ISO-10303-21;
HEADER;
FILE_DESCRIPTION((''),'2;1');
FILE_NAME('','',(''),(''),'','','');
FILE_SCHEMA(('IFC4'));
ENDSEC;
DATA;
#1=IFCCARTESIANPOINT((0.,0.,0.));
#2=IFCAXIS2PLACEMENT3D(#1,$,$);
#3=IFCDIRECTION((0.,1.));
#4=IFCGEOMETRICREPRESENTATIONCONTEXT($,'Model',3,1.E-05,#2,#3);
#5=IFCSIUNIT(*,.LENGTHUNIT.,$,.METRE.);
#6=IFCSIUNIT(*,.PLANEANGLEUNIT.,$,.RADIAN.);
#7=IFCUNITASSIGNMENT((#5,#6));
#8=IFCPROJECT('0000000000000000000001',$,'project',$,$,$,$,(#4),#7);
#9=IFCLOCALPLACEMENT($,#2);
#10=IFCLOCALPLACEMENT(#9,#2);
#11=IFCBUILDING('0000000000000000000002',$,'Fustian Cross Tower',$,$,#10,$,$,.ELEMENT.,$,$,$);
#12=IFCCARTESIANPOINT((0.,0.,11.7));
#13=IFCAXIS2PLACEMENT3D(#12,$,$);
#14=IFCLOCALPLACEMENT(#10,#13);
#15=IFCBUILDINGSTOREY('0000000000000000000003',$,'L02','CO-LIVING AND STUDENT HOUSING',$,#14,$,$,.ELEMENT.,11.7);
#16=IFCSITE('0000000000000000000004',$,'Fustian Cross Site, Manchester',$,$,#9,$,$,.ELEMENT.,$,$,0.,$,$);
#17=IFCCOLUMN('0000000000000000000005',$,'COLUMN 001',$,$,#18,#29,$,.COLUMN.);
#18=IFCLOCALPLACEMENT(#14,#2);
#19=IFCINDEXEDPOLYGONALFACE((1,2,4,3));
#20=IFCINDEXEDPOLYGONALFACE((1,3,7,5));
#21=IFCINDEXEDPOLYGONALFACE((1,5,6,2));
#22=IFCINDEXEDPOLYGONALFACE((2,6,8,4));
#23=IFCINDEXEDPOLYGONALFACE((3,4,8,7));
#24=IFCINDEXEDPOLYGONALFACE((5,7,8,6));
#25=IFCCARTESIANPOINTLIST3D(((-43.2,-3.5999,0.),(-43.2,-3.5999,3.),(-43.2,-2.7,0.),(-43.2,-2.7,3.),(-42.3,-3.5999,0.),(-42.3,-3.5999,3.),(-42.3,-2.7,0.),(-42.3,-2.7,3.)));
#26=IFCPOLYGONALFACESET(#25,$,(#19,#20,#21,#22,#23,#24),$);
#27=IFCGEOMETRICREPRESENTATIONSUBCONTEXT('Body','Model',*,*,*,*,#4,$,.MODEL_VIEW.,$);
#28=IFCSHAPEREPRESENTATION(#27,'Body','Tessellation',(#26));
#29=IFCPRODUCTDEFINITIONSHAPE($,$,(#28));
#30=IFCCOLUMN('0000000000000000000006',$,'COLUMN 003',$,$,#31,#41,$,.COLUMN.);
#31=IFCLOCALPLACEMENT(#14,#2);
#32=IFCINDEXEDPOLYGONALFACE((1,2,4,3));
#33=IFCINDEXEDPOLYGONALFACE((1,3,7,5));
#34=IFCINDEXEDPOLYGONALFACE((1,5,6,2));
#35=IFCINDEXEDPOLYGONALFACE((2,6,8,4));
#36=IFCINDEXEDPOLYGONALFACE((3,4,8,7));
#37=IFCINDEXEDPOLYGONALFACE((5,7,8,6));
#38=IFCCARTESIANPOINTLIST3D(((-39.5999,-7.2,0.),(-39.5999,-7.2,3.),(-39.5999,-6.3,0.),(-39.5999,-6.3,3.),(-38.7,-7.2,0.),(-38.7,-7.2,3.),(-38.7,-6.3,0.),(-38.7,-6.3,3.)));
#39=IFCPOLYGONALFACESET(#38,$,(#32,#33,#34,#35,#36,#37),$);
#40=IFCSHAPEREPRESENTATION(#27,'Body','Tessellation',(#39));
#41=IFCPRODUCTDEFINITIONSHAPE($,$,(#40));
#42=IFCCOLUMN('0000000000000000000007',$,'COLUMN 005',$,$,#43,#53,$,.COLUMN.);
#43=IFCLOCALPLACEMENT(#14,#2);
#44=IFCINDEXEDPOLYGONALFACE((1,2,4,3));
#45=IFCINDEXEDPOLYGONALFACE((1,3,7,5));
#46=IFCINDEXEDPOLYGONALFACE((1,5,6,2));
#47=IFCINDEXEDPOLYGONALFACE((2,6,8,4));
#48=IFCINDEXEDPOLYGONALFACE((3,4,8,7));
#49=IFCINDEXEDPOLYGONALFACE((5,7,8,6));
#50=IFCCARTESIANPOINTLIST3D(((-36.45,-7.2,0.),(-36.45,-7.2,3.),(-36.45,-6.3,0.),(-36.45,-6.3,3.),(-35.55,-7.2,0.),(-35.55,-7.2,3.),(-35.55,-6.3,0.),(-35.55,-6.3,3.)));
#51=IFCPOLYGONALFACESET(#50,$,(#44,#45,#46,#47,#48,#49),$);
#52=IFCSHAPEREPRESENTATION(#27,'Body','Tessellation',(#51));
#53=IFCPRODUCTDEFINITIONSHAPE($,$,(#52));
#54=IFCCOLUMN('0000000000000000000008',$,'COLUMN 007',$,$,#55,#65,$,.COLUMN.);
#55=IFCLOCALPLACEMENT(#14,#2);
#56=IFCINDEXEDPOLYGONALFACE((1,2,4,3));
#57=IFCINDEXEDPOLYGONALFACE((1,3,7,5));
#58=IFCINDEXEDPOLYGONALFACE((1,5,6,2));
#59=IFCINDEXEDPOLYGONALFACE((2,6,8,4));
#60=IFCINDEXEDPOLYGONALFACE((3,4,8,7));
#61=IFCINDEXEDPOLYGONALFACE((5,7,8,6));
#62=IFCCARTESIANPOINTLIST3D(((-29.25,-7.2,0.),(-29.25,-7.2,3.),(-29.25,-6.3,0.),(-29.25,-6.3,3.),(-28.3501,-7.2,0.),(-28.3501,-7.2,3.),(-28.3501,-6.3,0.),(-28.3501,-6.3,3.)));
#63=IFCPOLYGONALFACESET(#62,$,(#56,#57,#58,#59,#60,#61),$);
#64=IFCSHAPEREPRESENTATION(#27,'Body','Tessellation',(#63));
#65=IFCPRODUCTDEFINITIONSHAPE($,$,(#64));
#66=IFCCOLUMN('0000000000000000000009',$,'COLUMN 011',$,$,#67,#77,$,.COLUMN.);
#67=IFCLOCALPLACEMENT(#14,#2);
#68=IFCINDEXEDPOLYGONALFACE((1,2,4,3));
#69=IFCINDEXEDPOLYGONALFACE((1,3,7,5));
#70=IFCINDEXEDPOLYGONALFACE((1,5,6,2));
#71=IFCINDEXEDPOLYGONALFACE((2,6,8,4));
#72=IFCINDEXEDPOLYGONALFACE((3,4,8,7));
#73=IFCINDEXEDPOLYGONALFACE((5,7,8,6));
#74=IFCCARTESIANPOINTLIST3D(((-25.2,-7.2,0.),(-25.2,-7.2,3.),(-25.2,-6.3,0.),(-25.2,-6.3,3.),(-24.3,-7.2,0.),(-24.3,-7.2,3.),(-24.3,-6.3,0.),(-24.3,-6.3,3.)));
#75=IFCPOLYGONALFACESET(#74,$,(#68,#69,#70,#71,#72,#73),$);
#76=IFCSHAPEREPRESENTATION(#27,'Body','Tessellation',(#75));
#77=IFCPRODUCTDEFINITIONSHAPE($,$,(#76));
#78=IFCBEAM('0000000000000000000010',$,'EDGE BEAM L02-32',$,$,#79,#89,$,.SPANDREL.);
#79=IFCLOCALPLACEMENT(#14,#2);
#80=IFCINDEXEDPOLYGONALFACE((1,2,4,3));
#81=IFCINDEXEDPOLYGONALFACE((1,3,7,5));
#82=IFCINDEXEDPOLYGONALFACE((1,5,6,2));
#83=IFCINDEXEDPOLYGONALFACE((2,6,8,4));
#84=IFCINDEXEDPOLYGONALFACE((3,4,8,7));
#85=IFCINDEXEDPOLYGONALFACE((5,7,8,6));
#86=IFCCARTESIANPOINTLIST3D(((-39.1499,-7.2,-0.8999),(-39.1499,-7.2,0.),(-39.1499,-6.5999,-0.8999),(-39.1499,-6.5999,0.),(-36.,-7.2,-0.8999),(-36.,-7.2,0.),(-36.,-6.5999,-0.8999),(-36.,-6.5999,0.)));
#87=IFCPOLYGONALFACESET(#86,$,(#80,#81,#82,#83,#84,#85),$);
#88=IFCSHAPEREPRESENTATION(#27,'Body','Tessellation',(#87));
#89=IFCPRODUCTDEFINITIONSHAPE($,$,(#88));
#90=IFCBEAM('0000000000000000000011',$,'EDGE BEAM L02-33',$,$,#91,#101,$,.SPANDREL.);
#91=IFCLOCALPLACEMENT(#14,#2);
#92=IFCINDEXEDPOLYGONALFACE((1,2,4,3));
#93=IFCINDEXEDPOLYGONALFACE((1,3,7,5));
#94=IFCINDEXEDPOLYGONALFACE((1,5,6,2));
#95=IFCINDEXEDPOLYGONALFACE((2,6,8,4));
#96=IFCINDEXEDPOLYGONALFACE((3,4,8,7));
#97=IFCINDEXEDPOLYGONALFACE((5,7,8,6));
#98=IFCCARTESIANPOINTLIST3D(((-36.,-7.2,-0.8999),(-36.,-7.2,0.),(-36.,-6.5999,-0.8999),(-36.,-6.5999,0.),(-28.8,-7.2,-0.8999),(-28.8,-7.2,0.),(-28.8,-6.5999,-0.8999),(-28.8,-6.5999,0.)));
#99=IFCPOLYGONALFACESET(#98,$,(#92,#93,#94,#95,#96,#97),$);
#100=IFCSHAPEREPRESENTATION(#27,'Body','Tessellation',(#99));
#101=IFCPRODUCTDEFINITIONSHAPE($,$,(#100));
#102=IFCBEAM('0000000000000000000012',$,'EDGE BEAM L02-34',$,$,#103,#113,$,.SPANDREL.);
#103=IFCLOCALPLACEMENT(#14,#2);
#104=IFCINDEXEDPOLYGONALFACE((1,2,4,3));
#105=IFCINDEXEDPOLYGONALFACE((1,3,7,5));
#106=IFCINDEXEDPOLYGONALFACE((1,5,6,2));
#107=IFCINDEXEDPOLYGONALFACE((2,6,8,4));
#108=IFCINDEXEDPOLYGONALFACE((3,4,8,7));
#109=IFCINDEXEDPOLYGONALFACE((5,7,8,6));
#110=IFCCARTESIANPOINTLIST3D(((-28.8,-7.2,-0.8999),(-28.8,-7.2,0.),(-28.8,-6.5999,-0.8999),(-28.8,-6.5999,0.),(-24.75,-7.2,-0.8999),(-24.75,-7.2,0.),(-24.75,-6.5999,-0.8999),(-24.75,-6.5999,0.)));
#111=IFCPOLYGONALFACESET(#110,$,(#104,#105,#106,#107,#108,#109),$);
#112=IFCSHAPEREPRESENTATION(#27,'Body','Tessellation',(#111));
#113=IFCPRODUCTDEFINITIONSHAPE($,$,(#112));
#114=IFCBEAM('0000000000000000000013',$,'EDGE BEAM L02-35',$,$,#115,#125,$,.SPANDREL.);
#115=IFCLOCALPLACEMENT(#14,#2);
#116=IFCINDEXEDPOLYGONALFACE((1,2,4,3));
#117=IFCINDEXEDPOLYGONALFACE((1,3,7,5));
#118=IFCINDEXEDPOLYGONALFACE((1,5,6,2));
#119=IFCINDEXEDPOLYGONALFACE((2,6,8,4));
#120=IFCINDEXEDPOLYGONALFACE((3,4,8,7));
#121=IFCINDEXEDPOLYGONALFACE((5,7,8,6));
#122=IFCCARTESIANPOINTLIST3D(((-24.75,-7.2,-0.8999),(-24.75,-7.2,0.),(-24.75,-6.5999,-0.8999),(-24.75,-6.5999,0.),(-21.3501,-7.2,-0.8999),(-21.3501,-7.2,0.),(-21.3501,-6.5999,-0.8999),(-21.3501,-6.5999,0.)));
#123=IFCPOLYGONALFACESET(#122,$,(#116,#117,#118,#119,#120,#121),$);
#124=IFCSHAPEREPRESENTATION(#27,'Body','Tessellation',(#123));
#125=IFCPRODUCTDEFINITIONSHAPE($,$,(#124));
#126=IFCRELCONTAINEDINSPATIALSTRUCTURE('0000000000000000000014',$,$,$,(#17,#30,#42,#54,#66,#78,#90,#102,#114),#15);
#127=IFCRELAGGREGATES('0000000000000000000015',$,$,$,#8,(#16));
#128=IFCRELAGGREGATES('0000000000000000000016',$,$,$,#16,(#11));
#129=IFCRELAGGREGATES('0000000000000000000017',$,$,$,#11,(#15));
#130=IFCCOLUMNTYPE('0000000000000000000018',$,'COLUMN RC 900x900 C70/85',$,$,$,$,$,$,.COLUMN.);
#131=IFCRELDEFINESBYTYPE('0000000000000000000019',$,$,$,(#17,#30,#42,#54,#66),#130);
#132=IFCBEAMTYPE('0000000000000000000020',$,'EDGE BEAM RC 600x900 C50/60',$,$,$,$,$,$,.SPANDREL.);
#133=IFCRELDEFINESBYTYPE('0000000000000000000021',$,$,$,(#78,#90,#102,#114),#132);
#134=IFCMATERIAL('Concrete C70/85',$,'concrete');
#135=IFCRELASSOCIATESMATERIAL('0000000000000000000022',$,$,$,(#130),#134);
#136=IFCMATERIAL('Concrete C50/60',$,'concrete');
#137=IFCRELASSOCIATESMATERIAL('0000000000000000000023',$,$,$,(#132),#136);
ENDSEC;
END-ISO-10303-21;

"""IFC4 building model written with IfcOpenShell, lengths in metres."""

from ifc_helpers import new_model, si_unit, direction, frame, origin, origin_2d, place, context, subcontext, project, spatial, rectangle, extrude, material, material_profile, profile_set, type_object, element, save


model = new_model("IFC4")

# Units and contexts
model_context = context("Model", 3, precision=1e-05, world=origin(), true_north=direction((0.0, 1.0)))
body_context = subcontext(model_context, "Body", "Model", "MODEL_VIEW")
ifc_project = project(units=[si_unit("LENGTHUNIT", "METRE"), si_unit("PLANEANGLEUNIT", "RADIAN")], contexts=[model_context])

# Site, building, storey
site_placement = place(None, origin())
site = spatial("IfcSite", under=ifc_project, at=site_placement, Name="Fustian Cross Site, Manchester", CompositionType="ELEMENT", RefElevation=0.0)
building_placement = place(site_placement, origin())
building = spatial("IfcBuilding", under=site, at=building_placement, Name="Fustian Cross Tower", CompositionType="ELEMENT")
storey_placement = place(building_placement, frame((0.0, 0.0, 11.7)))
storey = spatial("IfcBuildingStorey", under=building, at=storey_placement, Name="L02", Description="CO-LIVING AND STUDENT HOUSING", CompositionType="ELEMENT", Elevation=11.7)

# Columns
ifc_material_1 = material(Name="Concrete C70/85", Category="concrete")
ifc_material_profile_1 = material_profile(ifc_material_1, rectangle(XDim=0.8999, YDim=0.8999, at=origin_2d()), Name="RC 900x900")
ifc_profile_set_1 = profile_set([ifc_material_profile_1], Name="Concrete C70/85")
column_type = type_object("IfcColumnType", Name="COLUMN RC 900x900 C70/85", PredefinedType="COLUMN", material=ifc_profile_set_1)
for number, where, z_axis, x_axis, name in (
    (1, (-42.75, -3.1499, 0.0), (0.0, 0.0, 1.0), (1.0, 0.0, 0.0), "COLUMN 001"),
    (2, (-39.1499, -6.75, 0.0), (0.0, 0.0, 1.0), (1.0, 0.0, 0.0), "COLUMN 003"),
    (3, (-36.0, -6.75, 0.0), (0.0, 0.0, 1.0), (1.0, 0.0, 0.0), "COLUMN 005"),
    (4, (-28.8, -6.75, 0.0), (0.0, 0.0, 1.0), (1.0, 0.0, 0.0), "COLUMN 007"),
    (5, (-24.75, -6.75, 0.0), (0.0, 0.0, 1.0), (1.0, 0.0, 0.0), "COLUMN 011"),
):
    element("IfcColumn", number, at=place(storey_placement, frame(where, z_axis=z_axis, x_axis=x_axis)), inside=storey, type_object=column_type, Name=name, PredefinedType="COLUMN", context=body_context, shape_type="SweptSolid", body=[
        extrude(rectangle(XDim=0.8999, YDim=0.8999, at=origin_2d()), origin(), (0.0, 0.0, 1.0), 3.0),
    ])

# Beams
ifc_material_2 = material(Name="Concrete C50/60", Category="concrete")
ifc_material_profile_2 = material_profile(ifc_material_2, rectangle(XDim=0.6001, YDim=0.8999, at=origin_2d()), Name="RC 600x900")
ifc_profile_set_2 = profile_set([ifc_material_profile_2], Name="Concrete C50/60")
beam_type = type_object("IfcBeamType", Name="EDGE BEAM RC 600x900 C50/60", PredefinedType="SPANDREL", material=ifc_profile_set_2)
beam_1_placement = place(storey_placement, frame((-39.1499, -6.8999, -0.45), z_axis=(1.0, 0.0, 0.0), x_axis=(0.0, 1.0, 0.0)))
element("IfcBeam", 6, at=beam_1_placement, inside=storey, type_object=beam_type, Name="EDGE BEAM L02-32", PredefinedType="SPANDREL", context=body_context, shape_type="SweptSolid", body=[
    extrude(rectangle(XDim=0.6001, YDim=0.8999, at=origin_2d()), origin(), (0.0, 0.0, 1.0), 3.1499),
])
beam_2_placement = place(storey_placement, frame((-36.0, -6.8999, -0.45), z_axis=(1.0, 0.0, 0.0), x_axis=(0.0, 1.0, 0.0)))
element("IfcBeam", 7, at=beam_2_placement, inside=storey, type_object=beam_type, Name="EDGE BEAM L02-33", PredefinedType="SPANDREL", context=body_context, shape_type="SweptSolid", body=[
    extrude(rectangle(XDim=0.6001, YDim=0.8999, at=origin_2d()), origin(), (0.0, 0.0, 1.0), 7.2),
])
beam_3_placement = place(storey_placement, frame((-28.8, -6.8999, -0.45), z_axis=(1.0, 0.0, 0.0), x_axis=(0.0, 1.0, 0.0)))
element("IfcBeam", 8, at=beam_3_placement, inside=storey, type_object=beam_type, Name="EDGE BEAM L02-34", PredefinedType="SPANDREL", context=body_context, shape_type="SweptSolid", body=[
    extrude(rectangle(XDim=0.6001, YDim=0.8999, at=origin_2d()), origin(), (0.0, 0.0, 1.0), 4.05),
])
beam_4_placement = place(storey_placement, frame((-24.75, -6.8999, -0.45), z_axis=(1.0, 0.0, 0.0), x_axis=(0.0, 1.0, 0.0)))
element("IfcBeam", 9, at=beam_4_placement, inside=storey, type_object=beam_type, Name="EDGE BEAM L02-35", PredefinedType="SPANDREL", context=body_context, shape_type="SweptSolid", body=[
    extrude(rectangle(XDim=0.6001, YDim=0.8999, at=origin_2d()), origin(), (0.0, 0.0, 1.0), 3.3999),
])

save(model, "model.ifc")
